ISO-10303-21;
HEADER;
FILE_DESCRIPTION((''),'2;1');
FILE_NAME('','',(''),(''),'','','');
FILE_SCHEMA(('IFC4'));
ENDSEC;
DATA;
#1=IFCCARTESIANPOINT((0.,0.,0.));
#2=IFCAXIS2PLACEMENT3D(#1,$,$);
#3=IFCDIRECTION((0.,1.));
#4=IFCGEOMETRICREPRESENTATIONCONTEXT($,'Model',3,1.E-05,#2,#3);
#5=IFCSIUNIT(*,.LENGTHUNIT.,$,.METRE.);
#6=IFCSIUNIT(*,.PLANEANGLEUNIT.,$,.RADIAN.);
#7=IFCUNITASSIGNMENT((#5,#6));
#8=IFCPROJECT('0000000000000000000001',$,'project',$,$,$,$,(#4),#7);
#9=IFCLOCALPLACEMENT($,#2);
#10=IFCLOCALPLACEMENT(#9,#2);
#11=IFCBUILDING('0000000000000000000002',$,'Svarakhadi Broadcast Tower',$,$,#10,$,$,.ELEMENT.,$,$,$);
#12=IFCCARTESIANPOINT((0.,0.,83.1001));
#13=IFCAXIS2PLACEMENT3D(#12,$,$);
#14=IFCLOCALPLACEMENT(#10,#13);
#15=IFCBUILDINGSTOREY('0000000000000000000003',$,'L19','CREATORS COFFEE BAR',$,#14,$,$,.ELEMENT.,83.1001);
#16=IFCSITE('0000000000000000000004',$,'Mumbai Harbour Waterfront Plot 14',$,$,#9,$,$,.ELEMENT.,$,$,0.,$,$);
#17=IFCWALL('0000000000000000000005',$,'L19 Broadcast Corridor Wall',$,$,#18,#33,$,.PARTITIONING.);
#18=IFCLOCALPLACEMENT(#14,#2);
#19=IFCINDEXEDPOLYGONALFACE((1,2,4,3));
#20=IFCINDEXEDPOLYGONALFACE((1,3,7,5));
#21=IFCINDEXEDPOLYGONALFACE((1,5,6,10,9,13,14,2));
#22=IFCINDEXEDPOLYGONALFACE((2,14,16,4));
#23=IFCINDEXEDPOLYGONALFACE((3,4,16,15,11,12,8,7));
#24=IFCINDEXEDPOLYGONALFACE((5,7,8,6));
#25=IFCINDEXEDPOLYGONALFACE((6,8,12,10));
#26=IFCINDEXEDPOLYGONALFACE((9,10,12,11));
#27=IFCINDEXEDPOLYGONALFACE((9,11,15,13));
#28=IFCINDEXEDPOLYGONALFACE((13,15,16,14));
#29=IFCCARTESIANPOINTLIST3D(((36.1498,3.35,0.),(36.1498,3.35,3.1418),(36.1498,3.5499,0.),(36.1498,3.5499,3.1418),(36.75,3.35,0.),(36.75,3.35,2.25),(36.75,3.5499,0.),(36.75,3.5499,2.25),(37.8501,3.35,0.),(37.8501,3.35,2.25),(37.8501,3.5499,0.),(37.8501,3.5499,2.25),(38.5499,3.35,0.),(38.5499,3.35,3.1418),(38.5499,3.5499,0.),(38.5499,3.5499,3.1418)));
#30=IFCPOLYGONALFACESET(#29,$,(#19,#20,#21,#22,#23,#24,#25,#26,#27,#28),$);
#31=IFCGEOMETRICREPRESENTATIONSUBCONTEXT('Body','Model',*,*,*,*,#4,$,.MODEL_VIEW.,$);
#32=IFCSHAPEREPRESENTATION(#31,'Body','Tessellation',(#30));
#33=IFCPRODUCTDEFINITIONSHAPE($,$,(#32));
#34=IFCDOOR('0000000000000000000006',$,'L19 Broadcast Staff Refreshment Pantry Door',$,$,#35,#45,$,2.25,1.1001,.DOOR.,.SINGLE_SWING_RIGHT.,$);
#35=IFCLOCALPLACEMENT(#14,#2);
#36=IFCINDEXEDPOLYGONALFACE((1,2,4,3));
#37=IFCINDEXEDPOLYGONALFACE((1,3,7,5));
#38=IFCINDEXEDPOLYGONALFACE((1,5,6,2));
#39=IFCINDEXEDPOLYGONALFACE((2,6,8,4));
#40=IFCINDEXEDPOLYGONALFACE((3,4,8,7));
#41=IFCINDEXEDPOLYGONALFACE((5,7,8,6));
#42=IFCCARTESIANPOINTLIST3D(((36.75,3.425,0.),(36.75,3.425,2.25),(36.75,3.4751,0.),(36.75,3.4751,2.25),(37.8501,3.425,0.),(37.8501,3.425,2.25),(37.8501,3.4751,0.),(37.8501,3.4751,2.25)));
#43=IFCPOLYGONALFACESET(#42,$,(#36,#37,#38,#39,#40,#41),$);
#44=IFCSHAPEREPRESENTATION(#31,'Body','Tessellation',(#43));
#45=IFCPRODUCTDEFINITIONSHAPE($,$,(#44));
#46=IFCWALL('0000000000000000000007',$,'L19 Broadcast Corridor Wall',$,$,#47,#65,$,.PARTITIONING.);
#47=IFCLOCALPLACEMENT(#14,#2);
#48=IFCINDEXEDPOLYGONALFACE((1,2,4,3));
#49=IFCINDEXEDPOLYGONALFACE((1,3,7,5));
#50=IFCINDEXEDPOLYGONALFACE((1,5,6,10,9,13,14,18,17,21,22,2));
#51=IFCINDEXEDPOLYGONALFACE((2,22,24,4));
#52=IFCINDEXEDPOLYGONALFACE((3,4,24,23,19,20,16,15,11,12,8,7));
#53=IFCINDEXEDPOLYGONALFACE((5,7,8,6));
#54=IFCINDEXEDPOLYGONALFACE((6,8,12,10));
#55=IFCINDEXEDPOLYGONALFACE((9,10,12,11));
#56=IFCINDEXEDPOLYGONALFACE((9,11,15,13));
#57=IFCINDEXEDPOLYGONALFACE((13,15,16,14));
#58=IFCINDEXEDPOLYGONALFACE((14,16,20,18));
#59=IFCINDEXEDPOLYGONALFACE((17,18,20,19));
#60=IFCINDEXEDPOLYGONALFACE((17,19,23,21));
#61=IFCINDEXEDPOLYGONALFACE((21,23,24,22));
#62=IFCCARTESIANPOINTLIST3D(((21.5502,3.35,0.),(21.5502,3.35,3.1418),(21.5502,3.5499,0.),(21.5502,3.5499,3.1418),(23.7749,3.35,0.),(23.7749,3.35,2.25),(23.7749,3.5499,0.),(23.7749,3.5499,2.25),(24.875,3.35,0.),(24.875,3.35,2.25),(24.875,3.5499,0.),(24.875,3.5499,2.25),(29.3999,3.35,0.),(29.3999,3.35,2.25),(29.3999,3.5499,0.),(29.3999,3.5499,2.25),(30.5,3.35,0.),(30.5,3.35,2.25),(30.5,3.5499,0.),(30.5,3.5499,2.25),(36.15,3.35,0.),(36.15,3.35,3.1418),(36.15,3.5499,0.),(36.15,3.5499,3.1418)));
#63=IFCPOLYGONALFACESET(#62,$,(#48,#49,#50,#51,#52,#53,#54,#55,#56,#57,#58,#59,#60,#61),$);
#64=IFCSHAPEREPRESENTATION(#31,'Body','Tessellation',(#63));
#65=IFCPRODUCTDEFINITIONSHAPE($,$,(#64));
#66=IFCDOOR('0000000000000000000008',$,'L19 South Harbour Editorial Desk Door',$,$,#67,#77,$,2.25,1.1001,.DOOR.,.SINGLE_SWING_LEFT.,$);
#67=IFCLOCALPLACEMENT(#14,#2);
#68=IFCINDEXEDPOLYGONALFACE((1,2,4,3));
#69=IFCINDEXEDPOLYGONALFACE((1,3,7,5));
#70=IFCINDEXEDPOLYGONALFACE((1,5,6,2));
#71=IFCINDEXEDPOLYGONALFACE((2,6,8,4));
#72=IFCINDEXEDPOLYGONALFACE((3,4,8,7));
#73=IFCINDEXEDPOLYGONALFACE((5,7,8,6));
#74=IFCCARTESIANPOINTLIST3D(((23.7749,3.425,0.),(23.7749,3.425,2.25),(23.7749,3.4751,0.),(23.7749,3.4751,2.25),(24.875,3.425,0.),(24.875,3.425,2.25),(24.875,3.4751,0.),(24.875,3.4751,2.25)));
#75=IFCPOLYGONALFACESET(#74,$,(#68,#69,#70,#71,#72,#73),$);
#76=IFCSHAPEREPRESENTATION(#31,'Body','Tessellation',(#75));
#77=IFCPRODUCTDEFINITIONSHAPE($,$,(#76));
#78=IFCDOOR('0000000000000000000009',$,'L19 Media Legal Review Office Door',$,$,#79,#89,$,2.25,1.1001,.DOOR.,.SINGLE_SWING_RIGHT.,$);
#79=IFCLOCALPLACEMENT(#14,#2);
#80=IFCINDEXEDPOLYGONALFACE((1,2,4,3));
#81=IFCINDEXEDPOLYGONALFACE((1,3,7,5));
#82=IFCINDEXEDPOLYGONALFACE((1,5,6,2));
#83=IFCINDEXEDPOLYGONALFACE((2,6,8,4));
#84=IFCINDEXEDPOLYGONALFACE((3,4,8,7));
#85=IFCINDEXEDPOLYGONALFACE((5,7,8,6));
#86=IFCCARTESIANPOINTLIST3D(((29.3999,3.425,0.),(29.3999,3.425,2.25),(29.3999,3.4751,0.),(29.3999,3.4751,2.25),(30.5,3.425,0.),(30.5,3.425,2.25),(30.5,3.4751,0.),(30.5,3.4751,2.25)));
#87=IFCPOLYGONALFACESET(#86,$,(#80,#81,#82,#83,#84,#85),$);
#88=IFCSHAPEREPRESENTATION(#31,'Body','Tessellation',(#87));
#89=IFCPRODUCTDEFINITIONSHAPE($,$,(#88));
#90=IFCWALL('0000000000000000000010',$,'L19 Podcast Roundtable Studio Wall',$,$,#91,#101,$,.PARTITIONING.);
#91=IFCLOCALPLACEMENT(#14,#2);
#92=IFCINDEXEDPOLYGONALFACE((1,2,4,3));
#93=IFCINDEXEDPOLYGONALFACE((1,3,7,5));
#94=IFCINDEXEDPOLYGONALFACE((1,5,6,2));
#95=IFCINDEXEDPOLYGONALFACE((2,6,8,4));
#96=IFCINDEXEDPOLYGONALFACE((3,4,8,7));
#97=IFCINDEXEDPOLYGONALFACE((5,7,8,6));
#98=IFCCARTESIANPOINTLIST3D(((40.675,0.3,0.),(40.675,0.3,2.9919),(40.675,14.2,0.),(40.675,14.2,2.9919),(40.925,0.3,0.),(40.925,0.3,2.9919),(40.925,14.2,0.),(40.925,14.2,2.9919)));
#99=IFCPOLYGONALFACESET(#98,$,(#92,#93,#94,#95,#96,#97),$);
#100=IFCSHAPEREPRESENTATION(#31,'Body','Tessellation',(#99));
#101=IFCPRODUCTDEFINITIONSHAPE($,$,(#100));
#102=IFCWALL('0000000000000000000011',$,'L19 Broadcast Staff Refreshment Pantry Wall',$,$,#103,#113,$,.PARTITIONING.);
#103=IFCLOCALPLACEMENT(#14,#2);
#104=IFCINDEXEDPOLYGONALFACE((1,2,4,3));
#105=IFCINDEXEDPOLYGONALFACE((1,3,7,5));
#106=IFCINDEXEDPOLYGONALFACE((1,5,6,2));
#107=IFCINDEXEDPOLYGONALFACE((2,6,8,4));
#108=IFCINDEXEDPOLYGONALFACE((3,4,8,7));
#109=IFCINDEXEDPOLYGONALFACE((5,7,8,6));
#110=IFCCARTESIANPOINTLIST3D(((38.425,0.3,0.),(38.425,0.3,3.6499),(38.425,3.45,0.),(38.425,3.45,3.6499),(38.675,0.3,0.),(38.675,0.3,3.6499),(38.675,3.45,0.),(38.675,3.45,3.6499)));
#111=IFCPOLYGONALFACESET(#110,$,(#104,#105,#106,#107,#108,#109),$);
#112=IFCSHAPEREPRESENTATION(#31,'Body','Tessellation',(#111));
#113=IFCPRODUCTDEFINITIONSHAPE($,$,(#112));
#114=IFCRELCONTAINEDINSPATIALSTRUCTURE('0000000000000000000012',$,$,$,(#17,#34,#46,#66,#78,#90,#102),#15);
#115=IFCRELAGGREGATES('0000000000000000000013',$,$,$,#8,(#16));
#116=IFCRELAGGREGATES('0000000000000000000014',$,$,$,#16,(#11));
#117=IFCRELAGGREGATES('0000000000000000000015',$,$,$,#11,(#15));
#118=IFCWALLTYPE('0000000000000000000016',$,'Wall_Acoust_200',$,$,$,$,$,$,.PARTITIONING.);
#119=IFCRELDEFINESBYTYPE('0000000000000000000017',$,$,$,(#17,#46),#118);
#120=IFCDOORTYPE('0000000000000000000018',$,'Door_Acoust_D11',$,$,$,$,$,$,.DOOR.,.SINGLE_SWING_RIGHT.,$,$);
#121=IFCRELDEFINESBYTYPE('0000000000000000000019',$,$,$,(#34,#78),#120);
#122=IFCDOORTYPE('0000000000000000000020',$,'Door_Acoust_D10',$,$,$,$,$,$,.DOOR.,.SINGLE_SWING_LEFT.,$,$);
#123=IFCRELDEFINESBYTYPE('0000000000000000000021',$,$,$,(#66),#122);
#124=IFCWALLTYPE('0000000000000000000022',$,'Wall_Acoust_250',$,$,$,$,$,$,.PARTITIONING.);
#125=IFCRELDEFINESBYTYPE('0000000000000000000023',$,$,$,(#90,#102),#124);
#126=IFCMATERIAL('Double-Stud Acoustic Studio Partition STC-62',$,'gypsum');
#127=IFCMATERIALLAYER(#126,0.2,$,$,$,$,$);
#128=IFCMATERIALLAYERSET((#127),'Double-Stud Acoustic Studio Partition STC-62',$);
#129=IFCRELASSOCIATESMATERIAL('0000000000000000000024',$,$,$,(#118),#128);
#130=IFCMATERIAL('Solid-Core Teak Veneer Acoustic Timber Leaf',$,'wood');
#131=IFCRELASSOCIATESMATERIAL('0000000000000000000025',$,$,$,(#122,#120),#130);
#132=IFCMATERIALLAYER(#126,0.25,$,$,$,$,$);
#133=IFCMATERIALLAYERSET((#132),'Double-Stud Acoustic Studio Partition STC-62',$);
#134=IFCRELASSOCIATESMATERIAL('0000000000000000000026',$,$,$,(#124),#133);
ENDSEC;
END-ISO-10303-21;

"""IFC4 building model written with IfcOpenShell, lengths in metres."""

from ifc_helpers import new_model, si_unit, direction, frame, frame_2d, origin, place, context, subcontext, project, spatial, rectangle, extrude, material, layer, layer_set, type_object, element, fill, save


model = new_model("IFC4")

# Units and contexts
model_context = context("Model", 3, precision=1e-05, world=origin(), true_north=direction((0.0, 1.0)))
body_context = subcontext(model_context, "Body", "Model", "MODEL_VIEW")
ifc_project = project(units=[si_unit("LENGTHUNIT", "METRE"), si_unit("PLANEANGLEUNIT", "RADIAN")], contexts=[model_context])

# Site, building, storey
site_placement = place(None, origin())
site = spatial("IfcSite", under=ifc_project, at=site_placement, Name="Mumbai Harbour Waterfront Plot 14", CompositionType="ELEMENT", RefElevation=0.0)
building_placement = place(site_placement, origin())
building = spatial("IfcBuilding", under=site, at=building_placement, Name="Svarakhadi Broadcast Tower", CompositionType="ELEMENT")
storey_placement = place(building_placement, frame((0.0, 0.0, 83.1001)))
storey = spatial("IfcBuildingStorey", under=building, at=storey_placement, Name="L19", Description="CREATORS COFFEE BAR", CompositionType="ELEMENT", Elevation=83.1001)

# Shared definitions
ifc_material_1 = material(Name="Double-Stud Acoustic Studio Partition STC-62", Category="gypsum")
ifc_layer_1 = layer(ifc_material_1, 0.2)
ifc_layer_set_1 = layer_set([ifc_layer_1], Name="Double-Stud Acoustic Studio Partition STC-62")
wall_type_1 = type_object("IfcWallType", Name="Wall_Acoust_200", PredefinedType="PARTITIONING", material=ifc_layer_set_1)
ifc_material_2 = material(Name="Solid-Core Teak Veneer Acoustic Timber Leaf", Category="wood")
door_type_1 = type_object("IfcDoorType", Name="Door_Acoust_D10", OperationType="SINGLE_SWING_LEFT", PredefinedType="DOOR", material=ifc_material_2)

# Wall, opening, door
wall_1_placement = place(storey_placement, frame((38.55, 3.45, 0.0), z_axis=(0.0, 0.0, 1.0), x_axis=(-1.0, 0.0, 0.0)))
wall_1 = element("IfcWall", 1, at=wall_1_placement, inside=storey, type_object=wall_type_1, Name="L19 Broadcast Corridor Wall", PredefinedType="PARTITIONING", context=body_context, shape_type="SweptSolid", body=[
    extrude(rectangle(XDim=2.4001, YDim=0.2, at=frame_2d((1.2002, 0.0))), origin(), (0.0, 0.0, 1.0), 3.1418),
])
opening_1_placement = place(wall_1_placement, frame((0.7, 0.0, 0.0)))
opening_1 = element("IfcOpeningElement", 2, at=opening_1_placement, cuts=wall_1, PredefinedType="OPENING", context=body_context, shape_type="SweptSolid", body=[
    extrude(rectangle(XDim=1.1001, YDim=2.25, at=frame_2d((0.55, 1.125))), frame((0.0, 0.1099, 0.0), z_axis=(0.0, -1.0, 0.0), x_axis=(1.0, 0.0, 0.0)), (0.0, 0.0, 1.0), 0.22),
])
door_type_2 = type_object("IfcDoorType", Name="Door_Acoust_D11", OperationType="SINGLE_SWING_RIGHT", PredefinedType="DOOR", material=ifc_material_2)
door_1_placement = place(opening_1_placement, origin())
door_1 = element("IfcDoor", 3, at=door_1_placement, inside=storey, type_object=door_type_2, Name="L19 Broadcast Staff Refreshment Pantry Door", OperationType="SINGLE_SWING_RIGHT", OverallHeight=2.25, OverallWidth=1.1001, PredefinedType="DOOR", context=body_context, shape_type="SweptSolid", body=[
    extrude(rectangle(XDim=1.1001, YDim=2.25, at=frame_2d((0.55, 1.125))), frame((0.0, 0.0249, 0.0), z_axis=(0.0, -1.0, 0.0), x_axis=(1.0, 0.0, 0.0)), (0.0, 0.0, 1.0), 0.05),
])
fill(opening_1, door_1)

# Wall, openings, doors
wall_2_placement = place(storey_placement, frame((36.1499, 3.45, 0.0), z_axis=(0.0, 0.0, 1.0), x_axis=(-1.0, 0.0, 0.0)))
wall_2 = element("IfcWall", 4, at=wall_2_placement, inside=storey, type_object=wall_type_1, Name="L19 Broadcast Corridor Wall", PredefinedType="PARTITIONING", context=body_context, shape_type="SweptSolid", body=[
    extrude(rectangle(XDim=14.5999, YDim=0.2, at=frame_2d((7.2998, 0.0))), origin(), (0.0, 0.0, 1.0), 3.1418),
])
opening_2_placement = place(wall_2_placement, frame((11.2749, 0.0, 0.0)))
opening_2 = element("IfcOpeningElement", 5, at=opening_2_placement, cuts=wall_2, PredefinedType="OPENING", context=body_context, shape_type="SweptSolid", body=[
    extrude(rectangle(XDim=1.1001, YDim=2.25, at=frame_2d((0.55, 1.125))), frame((0.0, 0.1099, 0.0), z_axis=(0.0, -1.0, 0.0), x_axis=(1.0, 0.0, 0.0)), (0.0, 0.0, 1.0), 0.22),
])
opening_3_placement = place(wall_2_placement, frame((5.6499, 0.0, 0.0)))
opening_3 = element("IfcOpeningElement", 6, at=opening_3_placement, cuts=wall_2, PredefinedType="OPENING", context=body_context, shape_type="SweptSolid", body=[
    extrude(rectangle(XDim=1.1001, YDim=2.25, at=frame_2d((0.55, 1.125))), frame((0.0, 0.1099, 0.0), z_axis=(0.0, -1.0, 0.0), x_axis=(1.0, 0.0, 0.0)), (0.0, 0.0, 1.0), 0.22),
])
door_2_placement = place(opening_2_placement, origin())
door_2 = element("IfcDoor", 7, at=door_2_placement, inside=storey, type_object=door_type_1, Name="L19 South Harbour Editorial Desk Door", OperationType="SINGLE_SWING_LEFT", OverallHeight=2.25, OverallWidth=1.1001, PredefinedType="DOOR", context=body_context, shape_type="SweptSolid", body=[
    extrude(rectangle(XDim=1.1001, YDim=2.25, at=frame_2d((0.55, 1.125))), frame((0.0, 0.0249, 0.0), z_axis=(0.0, -1.0, 0.0), x_axis=(1.0, 0.0, 0.0)), (0.0, 0.0, 1.0), 0.05),
])
fill(opening_2, door_2)
door_3_placement = place(opening_3_placement, origin())
door_3 = element("IfcDoor", 8, at=door_3_placement, inside=storey, type_object=door_type_2, Name="L19 Media Legal Review Office Door", OperationType="SINGLE_SWING_RIGHT", OverallHeight=2.25, OverallWidth=1.1001, PredefinedType="DOOR", context=body_context, shape_type="SweptSolid", body=[
    extrude(rectangle(XDim=1.1001, YDim=2.25, at=frame_2d((0.55, 1.125))), frame((0.0, 0.0249, 0.0), z_axis=(0.0, -1.0, 0.0), x_axis=(1.0, 0.0, 0.0)), (0.0, 0.0, 1.0), 0.05),
])
fill(opening_3, door_3)

# Walls
ifc_layer_2 = layer(ifc_material_1, 0.25)
ifc_layer_set_2 = layer_set([ifc_layer_2], Name="Double-Stud Acoustic Studio Partition STC-62")
wall_type_2 = type_object("IfcWallType", Name="Wall_Acoust_250", PredefinedType="PARTITIONING", material=ifc_layer_set_2)
wall_3_placement = place(storey_placement, frame((40.8, 0.3, 0.0), z_axis=(0.0, 0.0, 1.0), x_axis=(0.0, 1.0, 0.0)))
element("IfcWall", 9, at=wall_3_placement, inside=storey, type_object=wall_type_2, Name="L19 Podcast Roundtable Studio Wall", PredefinedType="PARTITIONING", context=body_context, shape_type="SweptSolid", body=[
    extrude(rectangle(XDim=13.8999, YDim=0.25, at=frame_2d((6.95, 0.0))), origin(), (0.0, 0.0, 1.0), 2.9919),
])
wall_4_placement = place(storey_placement, frame((38.55, 0.3, 0.0), z_axis=(0.0, 0.0, 1.0), x_axis=(0.0, 1.0, 0.0)))
element("IfcWall", 10, at=wall_4_placement, inside=storey, type_object=wall_type_2, Name="L19 Broadcast Staff Refreshment Pantry Wall", PredefinedType="PARTITIONING", context=body_context, shape_type="SweptSolid", body=[
    extrude(rectangle(XDim=3.1499, YDim=0.25, at=frame_2d((1.575, 0.0))), origin(), (0.0, 0.0, 1.0), 3.6499),
])

save(model, "model.ifc")
